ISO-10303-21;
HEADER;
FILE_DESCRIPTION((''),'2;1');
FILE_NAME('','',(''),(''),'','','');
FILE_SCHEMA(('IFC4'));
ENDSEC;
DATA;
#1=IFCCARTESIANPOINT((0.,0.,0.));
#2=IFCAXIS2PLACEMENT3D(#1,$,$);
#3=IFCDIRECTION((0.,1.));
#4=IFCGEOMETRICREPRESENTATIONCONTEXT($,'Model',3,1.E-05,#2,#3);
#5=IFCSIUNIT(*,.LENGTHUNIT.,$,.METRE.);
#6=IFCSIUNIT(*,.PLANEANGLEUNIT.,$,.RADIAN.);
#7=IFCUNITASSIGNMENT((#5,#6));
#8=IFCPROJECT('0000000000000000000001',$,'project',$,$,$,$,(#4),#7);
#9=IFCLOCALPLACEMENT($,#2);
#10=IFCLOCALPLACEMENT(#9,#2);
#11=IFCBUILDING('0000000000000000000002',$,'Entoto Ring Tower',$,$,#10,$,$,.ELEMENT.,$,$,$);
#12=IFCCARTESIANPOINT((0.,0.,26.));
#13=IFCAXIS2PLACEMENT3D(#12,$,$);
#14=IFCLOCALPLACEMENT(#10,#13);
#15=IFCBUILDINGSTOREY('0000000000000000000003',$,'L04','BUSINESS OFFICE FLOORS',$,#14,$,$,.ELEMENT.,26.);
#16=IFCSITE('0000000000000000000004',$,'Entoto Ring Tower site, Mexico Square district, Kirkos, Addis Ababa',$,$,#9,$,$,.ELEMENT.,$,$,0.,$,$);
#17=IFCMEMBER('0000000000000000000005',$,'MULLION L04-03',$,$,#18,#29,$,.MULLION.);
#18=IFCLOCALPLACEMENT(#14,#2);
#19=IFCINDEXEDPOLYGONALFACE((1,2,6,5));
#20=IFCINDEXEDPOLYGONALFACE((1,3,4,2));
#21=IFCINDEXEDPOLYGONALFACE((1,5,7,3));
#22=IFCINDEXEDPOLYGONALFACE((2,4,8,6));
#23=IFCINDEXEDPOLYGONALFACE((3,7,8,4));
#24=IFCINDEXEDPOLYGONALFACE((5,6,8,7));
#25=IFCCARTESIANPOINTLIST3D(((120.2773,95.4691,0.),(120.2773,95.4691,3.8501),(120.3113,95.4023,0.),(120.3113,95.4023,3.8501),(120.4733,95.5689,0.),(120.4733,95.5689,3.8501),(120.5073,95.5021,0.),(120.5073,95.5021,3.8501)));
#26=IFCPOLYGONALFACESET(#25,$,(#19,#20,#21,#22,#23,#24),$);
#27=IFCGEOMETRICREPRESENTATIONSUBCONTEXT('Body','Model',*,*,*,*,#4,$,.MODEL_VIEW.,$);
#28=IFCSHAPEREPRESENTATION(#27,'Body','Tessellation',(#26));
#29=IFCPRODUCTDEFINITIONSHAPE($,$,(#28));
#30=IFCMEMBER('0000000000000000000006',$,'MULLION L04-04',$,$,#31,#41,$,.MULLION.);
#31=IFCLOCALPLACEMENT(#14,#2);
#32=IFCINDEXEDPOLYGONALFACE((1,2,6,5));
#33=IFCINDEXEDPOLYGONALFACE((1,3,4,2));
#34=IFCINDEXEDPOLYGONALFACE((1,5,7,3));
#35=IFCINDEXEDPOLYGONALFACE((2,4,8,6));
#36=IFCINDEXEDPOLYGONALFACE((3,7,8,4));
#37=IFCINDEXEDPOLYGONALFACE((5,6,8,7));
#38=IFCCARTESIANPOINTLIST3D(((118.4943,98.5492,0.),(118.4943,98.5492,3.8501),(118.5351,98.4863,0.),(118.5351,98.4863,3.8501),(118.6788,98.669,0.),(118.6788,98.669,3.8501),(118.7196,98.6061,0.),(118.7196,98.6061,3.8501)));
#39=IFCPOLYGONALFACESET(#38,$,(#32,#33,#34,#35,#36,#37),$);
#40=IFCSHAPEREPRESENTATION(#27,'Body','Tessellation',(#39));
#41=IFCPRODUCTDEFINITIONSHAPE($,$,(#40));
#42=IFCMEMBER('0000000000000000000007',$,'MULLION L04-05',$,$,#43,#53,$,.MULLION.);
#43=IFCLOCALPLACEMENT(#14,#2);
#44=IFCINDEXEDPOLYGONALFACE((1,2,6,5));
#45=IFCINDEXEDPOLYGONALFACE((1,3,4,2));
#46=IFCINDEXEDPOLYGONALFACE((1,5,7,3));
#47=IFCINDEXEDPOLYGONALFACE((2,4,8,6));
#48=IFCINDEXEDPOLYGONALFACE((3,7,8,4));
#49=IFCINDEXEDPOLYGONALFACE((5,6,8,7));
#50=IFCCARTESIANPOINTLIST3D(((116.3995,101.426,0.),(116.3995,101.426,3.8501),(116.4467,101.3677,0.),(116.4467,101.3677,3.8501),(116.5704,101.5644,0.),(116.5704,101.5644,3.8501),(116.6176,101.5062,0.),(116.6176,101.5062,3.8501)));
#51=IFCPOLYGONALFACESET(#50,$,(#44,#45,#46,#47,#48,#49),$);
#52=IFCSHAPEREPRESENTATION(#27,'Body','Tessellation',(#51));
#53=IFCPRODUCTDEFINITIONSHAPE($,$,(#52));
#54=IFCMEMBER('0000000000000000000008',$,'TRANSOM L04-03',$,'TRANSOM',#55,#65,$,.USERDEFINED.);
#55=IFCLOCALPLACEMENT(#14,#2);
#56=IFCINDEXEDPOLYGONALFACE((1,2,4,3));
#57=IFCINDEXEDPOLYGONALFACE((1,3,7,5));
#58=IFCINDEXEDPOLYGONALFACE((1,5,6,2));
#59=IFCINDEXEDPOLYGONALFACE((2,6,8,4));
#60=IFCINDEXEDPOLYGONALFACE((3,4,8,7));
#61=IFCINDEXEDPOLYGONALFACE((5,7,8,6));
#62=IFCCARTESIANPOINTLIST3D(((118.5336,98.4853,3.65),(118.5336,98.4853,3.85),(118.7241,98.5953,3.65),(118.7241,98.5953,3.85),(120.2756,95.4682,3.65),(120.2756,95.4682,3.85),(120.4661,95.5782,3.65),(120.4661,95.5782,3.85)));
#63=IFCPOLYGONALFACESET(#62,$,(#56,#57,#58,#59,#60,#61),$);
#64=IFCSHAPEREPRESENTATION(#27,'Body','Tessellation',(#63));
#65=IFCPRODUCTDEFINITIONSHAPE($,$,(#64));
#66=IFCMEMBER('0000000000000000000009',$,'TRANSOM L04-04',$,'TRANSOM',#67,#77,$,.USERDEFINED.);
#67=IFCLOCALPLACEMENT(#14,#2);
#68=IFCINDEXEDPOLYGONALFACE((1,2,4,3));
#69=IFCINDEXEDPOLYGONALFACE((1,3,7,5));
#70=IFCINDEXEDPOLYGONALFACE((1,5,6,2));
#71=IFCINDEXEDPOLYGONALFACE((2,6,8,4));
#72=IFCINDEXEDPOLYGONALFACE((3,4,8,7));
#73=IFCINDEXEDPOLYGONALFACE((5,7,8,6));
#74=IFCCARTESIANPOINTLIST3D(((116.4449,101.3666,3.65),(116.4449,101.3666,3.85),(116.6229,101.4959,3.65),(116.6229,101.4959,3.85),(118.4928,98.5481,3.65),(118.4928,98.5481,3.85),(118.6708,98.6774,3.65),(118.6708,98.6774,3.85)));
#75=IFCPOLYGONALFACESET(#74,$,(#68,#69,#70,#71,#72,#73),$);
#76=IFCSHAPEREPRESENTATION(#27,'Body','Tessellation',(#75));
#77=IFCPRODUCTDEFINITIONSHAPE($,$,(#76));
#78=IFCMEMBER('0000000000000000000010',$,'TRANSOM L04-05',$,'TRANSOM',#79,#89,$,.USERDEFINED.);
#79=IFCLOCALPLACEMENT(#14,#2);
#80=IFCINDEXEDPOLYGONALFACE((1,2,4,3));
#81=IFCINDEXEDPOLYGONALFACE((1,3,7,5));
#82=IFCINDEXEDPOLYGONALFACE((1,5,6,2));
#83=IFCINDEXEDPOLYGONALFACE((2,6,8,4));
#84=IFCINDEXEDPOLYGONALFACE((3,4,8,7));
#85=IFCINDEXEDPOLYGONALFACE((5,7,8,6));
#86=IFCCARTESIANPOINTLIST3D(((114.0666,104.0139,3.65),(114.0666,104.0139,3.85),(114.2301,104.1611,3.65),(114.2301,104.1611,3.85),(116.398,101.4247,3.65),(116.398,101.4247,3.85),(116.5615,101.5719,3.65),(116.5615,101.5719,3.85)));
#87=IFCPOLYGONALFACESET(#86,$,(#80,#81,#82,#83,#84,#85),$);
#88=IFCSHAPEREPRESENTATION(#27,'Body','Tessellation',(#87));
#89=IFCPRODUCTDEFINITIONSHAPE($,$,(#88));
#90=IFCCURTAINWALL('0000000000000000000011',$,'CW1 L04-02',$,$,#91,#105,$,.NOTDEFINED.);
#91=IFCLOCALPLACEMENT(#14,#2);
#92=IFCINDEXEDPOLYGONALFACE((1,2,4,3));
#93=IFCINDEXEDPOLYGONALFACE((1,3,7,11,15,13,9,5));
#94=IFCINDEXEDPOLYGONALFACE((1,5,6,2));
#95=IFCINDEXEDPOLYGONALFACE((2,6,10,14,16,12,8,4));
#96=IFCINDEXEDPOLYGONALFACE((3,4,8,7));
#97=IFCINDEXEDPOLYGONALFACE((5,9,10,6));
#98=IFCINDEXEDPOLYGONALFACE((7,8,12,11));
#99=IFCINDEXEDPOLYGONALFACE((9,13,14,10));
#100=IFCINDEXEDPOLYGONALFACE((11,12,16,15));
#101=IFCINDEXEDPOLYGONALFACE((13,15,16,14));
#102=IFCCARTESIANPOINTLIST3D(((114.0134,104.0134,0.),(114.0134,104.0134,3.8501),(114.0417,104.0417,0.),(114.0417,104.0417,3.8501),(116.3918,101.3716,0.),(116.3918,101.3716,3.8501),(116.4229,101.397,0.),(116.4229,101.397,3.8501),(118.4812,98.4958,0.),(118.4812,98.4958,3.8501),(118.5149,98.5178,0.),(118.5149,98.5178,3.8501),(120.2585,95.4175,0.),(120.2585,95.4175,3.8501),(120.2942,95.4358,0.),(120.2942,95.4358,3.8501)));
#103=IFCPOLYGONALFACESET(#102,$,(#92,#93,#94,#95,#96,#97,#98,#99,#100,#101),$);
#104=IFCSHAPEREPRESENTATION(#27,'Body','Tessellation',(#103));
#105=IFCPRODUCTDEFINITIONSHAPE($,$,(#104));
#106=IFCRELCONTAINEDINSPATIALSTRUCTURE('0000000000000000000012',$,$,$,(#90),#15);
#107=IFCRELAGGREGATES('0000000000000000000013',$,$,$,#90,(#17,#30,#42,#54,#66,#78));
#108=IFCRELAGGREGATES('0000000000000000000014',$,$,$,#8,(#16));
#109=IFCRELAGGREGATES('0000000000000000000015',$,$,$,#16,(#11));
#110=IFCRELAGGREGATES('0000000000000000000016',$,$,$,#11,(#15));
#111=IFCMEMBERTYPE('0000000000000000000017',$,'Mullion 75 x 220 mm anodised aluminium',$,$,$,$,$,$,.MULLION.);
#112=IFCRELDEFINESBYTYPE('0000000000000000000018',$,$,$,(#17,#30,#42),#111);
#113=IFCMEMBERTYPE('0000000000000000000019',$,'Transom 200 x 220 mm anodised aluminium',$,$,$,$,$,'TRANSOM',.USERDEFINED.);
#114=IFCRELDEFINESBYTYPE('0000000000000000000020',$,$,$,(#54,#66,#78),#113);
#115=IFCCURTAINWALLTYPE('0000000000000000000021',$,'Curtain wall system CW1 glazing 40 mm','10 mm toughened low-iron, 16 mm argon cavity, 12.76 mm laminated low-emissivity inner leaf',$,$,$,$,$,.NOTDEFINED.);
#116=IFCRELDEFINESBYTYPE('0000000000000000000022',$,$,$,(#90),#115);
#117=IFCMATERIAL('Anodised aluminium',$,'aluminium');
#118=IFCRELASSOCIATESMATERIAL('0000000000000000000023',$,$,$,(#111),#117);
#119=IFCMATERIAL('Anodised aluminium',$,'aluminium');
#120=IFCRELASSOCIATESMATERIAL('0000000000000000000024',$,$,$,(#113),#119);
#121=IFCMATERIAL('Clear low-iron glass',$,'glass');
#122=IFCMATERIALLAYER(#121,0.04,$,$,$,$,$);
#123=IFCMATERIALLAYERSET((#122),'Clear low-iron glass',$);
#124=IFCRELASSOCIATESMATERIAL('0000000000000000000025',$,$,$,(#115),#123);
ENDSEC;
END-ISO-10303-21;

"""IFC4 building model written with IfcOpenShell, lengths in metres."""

from ifc_helpers import new_model, si_unit, direction, frame, origin, origin_2d, place, context, subcontext, project, spatial, polyline, rectangle, outline, extrude, material, layer, layer_set, material_profile, profile_set, type_object, element, aggregate, save


model = new_model("IFC4")

# Units and contexts
model_context = context("Model", 3, precision=1e-05, world=origin(), true_north=direction((0.0, 1.0)))
body_context = subcontext(model_context, "Body", "Model", "MODEL_VIEW")
ifc_project = project(units=[si_unit("LENGTHUNIT", "METRE"), si_unit("PLANEANGLEUNIT", "RADIAN")], contexts=[model_context])

# Members
ifc_material_1 = material(Name="Anodised aluminium", Category="aluminium")
ifc_material_profile_1 = material_profile(ifc_material_1, rectangle(XDim=0.075, YDim=0.22, at=origin_2d()), Name="Mullion 75 x 220 mm anodised aluminium")
ifc_profile_set_1 = profile_set([ifc_material_profile_1], Name="Anodised aluminium")
member_type_1 = type_object("IfcMemberType", Name="Mullion 75 x 220 mm anodised aluminium", PredefinedType="MULLION", material=ifc_profile_set_1)
site_placement = place(None, origin())
building_placement = place(site_placement, origin())
storey_placement = place(building_placement, frame((0.0, 0.0, 26.0)))
member_1_placement = place(storey_placement, frame((120.3923, 95.4856, 0.0), z_axis=(0.0, 0.0, 1.0), x_axis=(-0.45399, 0.891007, 0.0)))
member_1 = element("IfcMember", 1, at=member_1_placement, type_object=member_type_1, Name="MULLION L04-03", PredefinedType="MULLION", context=body_context, shape_type="SweptSolid", body=[
    extrude(rectangle(XDim=0.075, YDim=0.22, at=origin_2d()), origin(), (0.0, 0.0, 1.0), 3.8501),
])
member_2_placement = place(storey_placement, frame((118.6069, 98.5776, 0.0), z_axis=(0.0, 0.0, 1.0), x_axis=(-0.544639, 0.838671, 0.0)))
member_2 = element("IfcMember", 2, at=member_2_placement, type_object=member_type_1, Name="MULLION L04-04", PredefinedType="MULLION", context=body_context, shape_type="SweptSolid", body=[
    extrude(rectangle(XDim=0.075, YDim=0.22, at=origin_2d()), origin(), (0.0, 0.0, 1.0), 3.8501),
])
member_3_placement = place(storey_placement, frame((116.5085, 101.4661, 0.0), z_axis=(0.0, 0.0, 1.0), x_axis=(-0.62932, 0.777146, 0.0)))
member_3 = element("IfcMember", 3, at=member_3_placement, type_object=member_type_1, Name="MULLION L04-05", PredefinedType="MULLION", context=body_context, shape_type="SweptSolid", body=[
    extrude(rectangle(XDim=0.075, YDim=0.22, at=origin_2d()), origin(), (0.0, 0.0, 1.0), 3.8501),
])
ifc_material_2 = material(Name="Anodised aluminium", Category="aluminium")
ifc_material_profile_2 = material_profile(ifc_material_2, rectangle(XDim=0.22, YDim=0.2, at=origin_2d()), Name="Transom 200 x 220 mm anodised aluminium")
ifc_profile_set_2 = profile_set([ifc_material_profile_2], Name="Anodised aluminium")
member_type_2 = type_object("IfcMemberType", Name="Transom 200 x 220 mm anodised aluminium", ElementType="TRANSOM", PredefinedType="USERDEFINED", material=ifc_profile_set_2)
member_4_placement = place(storey_placement, frame((120.3708, 95.5232, 3.75), z_axis=(-0.500006, 0.866022, 0.0), x_axis=(-0.866022, -0.500006, 0.0)))
member_4 = element("IfcMember", 4, at=member_4_placement, type_object=member_type_2, Name="TRANSOM L04-03", ObjectType="TRANSOM", PredefinedType="USERDEFINED", context=body_context, shape_type="SweptSolid", body=[
    extrude(rectangle(XDim=0.22, YDim=0.2, at=origin_2d()), origin(), (0.0, 0.0, 1.0), 3.4839),
])
member_5_placement = place(storey_placement, frame((118.5818, 98.6128, 3.75), z_axis=(-0.587822, 0.808991, 0.0), x_axis=(-0.808991, -0.587822, 0.0)))
member_5 = element("IfcMember", 5, at=member_5_placement, type_object=member_type_2, Name="TRANSOM L04-04", ObjectType="TRANSOM", PredefinedType="USERDEFINED", context=body_context, shape_type="SweptSolid", body=[
    extrude(rectangle(XDim=0.22, YDim=0.2, at=origin_2d()), origin(), (0.0, 0.0, 1.0), 3.4839),
])
member_6_placement = place(storey_placement, frame((116.4797, 101.4983, 3.75), z_axis=(-0.669139, 0.743137, 0.0), x_axis=(-0.743137, -0.669139, 0.0)))
member_6 = element("IfcMember", 6, at=member_6_placement, type_object=member_type_2, Name="TRANSOM L04-05", ObjectType="TRANSOM", PredefinedType="USERDEFINED", context=body_context, shape_type="SweptSolid", body=[
    extrude(rectangle(XDim=0.22, YDim=0.2, at=origin_2d()), origin(), (0.0, 0.0, 1.0), 3.4841),
])

# Site, building, storey
site = spatial("IfcSite", under=ifc_project, at=site_placement, Name="Entoto Ring Tower site, Mexico Square district, Kirkos, Addis Ababa", CompositionType="ELEMENT", RefElevation=0.0)
building = spatial("IfcBuilding", under=site, at=building_placement, Name="Entoto Ring Tower", CompositionType="ELEMENT")
storey = spatial("IfcBuildingStorey", under=building, at=storey_placement, Name="L04", Description="BUSINESS OFFICE FLOORS", CompositionType="ELEMENT", Elevation=26.0)

# Curtain wall
ifc_material_3 = material(Name="Clear low-iron glass", Category="glass")
ifc_layer_1 = layer(ifc_material_3, 0.04)
ifc_layer_set_1 = layer_set([ifc_layer_1], Name="Clear low-iron glass")
curtain_wall_type = type_object("IfcCurtainWallType", Name="Curtain wall system CW1 glazing 40 mm", Description="10 mm toughened low-iron, 16 mm argon cavity, 12.76 mm laminated low-emissivity inner leaf", PredefinedType="NOTDEFINED", material=ifc_layer_set_1)
curtain_wall_1_placement = place(storey_placement, origin())
curtain_wall_1 = element("IfcCurtainWall", 7, at=curtain_wall_1_placement, inside=storey, type_object=curtain_wall_type, Name="CW1 L04-02", PredefinedType="NOTDEFINED", context=body_context, shape_type="SweptSolid", body=[
    extrude(outline(polyline([(120.2942, 95.4358), (118.5149, 98.5178), (116.4229, 101.397), (114.0417, 104.0417), (114.0134, 104.0134), (116.3918, 101.3716), (118.4812, 98.4958), (120.2585, 95.4175), (120.2942, 95.4358)])), origin(), (0.0, 0.0, 1.0), 3.8501),
])
aggregate(curtain_wall_1, [member_1, member_2, member_3, member_4, member_5, member_6])

save(model, "model.ifc")
